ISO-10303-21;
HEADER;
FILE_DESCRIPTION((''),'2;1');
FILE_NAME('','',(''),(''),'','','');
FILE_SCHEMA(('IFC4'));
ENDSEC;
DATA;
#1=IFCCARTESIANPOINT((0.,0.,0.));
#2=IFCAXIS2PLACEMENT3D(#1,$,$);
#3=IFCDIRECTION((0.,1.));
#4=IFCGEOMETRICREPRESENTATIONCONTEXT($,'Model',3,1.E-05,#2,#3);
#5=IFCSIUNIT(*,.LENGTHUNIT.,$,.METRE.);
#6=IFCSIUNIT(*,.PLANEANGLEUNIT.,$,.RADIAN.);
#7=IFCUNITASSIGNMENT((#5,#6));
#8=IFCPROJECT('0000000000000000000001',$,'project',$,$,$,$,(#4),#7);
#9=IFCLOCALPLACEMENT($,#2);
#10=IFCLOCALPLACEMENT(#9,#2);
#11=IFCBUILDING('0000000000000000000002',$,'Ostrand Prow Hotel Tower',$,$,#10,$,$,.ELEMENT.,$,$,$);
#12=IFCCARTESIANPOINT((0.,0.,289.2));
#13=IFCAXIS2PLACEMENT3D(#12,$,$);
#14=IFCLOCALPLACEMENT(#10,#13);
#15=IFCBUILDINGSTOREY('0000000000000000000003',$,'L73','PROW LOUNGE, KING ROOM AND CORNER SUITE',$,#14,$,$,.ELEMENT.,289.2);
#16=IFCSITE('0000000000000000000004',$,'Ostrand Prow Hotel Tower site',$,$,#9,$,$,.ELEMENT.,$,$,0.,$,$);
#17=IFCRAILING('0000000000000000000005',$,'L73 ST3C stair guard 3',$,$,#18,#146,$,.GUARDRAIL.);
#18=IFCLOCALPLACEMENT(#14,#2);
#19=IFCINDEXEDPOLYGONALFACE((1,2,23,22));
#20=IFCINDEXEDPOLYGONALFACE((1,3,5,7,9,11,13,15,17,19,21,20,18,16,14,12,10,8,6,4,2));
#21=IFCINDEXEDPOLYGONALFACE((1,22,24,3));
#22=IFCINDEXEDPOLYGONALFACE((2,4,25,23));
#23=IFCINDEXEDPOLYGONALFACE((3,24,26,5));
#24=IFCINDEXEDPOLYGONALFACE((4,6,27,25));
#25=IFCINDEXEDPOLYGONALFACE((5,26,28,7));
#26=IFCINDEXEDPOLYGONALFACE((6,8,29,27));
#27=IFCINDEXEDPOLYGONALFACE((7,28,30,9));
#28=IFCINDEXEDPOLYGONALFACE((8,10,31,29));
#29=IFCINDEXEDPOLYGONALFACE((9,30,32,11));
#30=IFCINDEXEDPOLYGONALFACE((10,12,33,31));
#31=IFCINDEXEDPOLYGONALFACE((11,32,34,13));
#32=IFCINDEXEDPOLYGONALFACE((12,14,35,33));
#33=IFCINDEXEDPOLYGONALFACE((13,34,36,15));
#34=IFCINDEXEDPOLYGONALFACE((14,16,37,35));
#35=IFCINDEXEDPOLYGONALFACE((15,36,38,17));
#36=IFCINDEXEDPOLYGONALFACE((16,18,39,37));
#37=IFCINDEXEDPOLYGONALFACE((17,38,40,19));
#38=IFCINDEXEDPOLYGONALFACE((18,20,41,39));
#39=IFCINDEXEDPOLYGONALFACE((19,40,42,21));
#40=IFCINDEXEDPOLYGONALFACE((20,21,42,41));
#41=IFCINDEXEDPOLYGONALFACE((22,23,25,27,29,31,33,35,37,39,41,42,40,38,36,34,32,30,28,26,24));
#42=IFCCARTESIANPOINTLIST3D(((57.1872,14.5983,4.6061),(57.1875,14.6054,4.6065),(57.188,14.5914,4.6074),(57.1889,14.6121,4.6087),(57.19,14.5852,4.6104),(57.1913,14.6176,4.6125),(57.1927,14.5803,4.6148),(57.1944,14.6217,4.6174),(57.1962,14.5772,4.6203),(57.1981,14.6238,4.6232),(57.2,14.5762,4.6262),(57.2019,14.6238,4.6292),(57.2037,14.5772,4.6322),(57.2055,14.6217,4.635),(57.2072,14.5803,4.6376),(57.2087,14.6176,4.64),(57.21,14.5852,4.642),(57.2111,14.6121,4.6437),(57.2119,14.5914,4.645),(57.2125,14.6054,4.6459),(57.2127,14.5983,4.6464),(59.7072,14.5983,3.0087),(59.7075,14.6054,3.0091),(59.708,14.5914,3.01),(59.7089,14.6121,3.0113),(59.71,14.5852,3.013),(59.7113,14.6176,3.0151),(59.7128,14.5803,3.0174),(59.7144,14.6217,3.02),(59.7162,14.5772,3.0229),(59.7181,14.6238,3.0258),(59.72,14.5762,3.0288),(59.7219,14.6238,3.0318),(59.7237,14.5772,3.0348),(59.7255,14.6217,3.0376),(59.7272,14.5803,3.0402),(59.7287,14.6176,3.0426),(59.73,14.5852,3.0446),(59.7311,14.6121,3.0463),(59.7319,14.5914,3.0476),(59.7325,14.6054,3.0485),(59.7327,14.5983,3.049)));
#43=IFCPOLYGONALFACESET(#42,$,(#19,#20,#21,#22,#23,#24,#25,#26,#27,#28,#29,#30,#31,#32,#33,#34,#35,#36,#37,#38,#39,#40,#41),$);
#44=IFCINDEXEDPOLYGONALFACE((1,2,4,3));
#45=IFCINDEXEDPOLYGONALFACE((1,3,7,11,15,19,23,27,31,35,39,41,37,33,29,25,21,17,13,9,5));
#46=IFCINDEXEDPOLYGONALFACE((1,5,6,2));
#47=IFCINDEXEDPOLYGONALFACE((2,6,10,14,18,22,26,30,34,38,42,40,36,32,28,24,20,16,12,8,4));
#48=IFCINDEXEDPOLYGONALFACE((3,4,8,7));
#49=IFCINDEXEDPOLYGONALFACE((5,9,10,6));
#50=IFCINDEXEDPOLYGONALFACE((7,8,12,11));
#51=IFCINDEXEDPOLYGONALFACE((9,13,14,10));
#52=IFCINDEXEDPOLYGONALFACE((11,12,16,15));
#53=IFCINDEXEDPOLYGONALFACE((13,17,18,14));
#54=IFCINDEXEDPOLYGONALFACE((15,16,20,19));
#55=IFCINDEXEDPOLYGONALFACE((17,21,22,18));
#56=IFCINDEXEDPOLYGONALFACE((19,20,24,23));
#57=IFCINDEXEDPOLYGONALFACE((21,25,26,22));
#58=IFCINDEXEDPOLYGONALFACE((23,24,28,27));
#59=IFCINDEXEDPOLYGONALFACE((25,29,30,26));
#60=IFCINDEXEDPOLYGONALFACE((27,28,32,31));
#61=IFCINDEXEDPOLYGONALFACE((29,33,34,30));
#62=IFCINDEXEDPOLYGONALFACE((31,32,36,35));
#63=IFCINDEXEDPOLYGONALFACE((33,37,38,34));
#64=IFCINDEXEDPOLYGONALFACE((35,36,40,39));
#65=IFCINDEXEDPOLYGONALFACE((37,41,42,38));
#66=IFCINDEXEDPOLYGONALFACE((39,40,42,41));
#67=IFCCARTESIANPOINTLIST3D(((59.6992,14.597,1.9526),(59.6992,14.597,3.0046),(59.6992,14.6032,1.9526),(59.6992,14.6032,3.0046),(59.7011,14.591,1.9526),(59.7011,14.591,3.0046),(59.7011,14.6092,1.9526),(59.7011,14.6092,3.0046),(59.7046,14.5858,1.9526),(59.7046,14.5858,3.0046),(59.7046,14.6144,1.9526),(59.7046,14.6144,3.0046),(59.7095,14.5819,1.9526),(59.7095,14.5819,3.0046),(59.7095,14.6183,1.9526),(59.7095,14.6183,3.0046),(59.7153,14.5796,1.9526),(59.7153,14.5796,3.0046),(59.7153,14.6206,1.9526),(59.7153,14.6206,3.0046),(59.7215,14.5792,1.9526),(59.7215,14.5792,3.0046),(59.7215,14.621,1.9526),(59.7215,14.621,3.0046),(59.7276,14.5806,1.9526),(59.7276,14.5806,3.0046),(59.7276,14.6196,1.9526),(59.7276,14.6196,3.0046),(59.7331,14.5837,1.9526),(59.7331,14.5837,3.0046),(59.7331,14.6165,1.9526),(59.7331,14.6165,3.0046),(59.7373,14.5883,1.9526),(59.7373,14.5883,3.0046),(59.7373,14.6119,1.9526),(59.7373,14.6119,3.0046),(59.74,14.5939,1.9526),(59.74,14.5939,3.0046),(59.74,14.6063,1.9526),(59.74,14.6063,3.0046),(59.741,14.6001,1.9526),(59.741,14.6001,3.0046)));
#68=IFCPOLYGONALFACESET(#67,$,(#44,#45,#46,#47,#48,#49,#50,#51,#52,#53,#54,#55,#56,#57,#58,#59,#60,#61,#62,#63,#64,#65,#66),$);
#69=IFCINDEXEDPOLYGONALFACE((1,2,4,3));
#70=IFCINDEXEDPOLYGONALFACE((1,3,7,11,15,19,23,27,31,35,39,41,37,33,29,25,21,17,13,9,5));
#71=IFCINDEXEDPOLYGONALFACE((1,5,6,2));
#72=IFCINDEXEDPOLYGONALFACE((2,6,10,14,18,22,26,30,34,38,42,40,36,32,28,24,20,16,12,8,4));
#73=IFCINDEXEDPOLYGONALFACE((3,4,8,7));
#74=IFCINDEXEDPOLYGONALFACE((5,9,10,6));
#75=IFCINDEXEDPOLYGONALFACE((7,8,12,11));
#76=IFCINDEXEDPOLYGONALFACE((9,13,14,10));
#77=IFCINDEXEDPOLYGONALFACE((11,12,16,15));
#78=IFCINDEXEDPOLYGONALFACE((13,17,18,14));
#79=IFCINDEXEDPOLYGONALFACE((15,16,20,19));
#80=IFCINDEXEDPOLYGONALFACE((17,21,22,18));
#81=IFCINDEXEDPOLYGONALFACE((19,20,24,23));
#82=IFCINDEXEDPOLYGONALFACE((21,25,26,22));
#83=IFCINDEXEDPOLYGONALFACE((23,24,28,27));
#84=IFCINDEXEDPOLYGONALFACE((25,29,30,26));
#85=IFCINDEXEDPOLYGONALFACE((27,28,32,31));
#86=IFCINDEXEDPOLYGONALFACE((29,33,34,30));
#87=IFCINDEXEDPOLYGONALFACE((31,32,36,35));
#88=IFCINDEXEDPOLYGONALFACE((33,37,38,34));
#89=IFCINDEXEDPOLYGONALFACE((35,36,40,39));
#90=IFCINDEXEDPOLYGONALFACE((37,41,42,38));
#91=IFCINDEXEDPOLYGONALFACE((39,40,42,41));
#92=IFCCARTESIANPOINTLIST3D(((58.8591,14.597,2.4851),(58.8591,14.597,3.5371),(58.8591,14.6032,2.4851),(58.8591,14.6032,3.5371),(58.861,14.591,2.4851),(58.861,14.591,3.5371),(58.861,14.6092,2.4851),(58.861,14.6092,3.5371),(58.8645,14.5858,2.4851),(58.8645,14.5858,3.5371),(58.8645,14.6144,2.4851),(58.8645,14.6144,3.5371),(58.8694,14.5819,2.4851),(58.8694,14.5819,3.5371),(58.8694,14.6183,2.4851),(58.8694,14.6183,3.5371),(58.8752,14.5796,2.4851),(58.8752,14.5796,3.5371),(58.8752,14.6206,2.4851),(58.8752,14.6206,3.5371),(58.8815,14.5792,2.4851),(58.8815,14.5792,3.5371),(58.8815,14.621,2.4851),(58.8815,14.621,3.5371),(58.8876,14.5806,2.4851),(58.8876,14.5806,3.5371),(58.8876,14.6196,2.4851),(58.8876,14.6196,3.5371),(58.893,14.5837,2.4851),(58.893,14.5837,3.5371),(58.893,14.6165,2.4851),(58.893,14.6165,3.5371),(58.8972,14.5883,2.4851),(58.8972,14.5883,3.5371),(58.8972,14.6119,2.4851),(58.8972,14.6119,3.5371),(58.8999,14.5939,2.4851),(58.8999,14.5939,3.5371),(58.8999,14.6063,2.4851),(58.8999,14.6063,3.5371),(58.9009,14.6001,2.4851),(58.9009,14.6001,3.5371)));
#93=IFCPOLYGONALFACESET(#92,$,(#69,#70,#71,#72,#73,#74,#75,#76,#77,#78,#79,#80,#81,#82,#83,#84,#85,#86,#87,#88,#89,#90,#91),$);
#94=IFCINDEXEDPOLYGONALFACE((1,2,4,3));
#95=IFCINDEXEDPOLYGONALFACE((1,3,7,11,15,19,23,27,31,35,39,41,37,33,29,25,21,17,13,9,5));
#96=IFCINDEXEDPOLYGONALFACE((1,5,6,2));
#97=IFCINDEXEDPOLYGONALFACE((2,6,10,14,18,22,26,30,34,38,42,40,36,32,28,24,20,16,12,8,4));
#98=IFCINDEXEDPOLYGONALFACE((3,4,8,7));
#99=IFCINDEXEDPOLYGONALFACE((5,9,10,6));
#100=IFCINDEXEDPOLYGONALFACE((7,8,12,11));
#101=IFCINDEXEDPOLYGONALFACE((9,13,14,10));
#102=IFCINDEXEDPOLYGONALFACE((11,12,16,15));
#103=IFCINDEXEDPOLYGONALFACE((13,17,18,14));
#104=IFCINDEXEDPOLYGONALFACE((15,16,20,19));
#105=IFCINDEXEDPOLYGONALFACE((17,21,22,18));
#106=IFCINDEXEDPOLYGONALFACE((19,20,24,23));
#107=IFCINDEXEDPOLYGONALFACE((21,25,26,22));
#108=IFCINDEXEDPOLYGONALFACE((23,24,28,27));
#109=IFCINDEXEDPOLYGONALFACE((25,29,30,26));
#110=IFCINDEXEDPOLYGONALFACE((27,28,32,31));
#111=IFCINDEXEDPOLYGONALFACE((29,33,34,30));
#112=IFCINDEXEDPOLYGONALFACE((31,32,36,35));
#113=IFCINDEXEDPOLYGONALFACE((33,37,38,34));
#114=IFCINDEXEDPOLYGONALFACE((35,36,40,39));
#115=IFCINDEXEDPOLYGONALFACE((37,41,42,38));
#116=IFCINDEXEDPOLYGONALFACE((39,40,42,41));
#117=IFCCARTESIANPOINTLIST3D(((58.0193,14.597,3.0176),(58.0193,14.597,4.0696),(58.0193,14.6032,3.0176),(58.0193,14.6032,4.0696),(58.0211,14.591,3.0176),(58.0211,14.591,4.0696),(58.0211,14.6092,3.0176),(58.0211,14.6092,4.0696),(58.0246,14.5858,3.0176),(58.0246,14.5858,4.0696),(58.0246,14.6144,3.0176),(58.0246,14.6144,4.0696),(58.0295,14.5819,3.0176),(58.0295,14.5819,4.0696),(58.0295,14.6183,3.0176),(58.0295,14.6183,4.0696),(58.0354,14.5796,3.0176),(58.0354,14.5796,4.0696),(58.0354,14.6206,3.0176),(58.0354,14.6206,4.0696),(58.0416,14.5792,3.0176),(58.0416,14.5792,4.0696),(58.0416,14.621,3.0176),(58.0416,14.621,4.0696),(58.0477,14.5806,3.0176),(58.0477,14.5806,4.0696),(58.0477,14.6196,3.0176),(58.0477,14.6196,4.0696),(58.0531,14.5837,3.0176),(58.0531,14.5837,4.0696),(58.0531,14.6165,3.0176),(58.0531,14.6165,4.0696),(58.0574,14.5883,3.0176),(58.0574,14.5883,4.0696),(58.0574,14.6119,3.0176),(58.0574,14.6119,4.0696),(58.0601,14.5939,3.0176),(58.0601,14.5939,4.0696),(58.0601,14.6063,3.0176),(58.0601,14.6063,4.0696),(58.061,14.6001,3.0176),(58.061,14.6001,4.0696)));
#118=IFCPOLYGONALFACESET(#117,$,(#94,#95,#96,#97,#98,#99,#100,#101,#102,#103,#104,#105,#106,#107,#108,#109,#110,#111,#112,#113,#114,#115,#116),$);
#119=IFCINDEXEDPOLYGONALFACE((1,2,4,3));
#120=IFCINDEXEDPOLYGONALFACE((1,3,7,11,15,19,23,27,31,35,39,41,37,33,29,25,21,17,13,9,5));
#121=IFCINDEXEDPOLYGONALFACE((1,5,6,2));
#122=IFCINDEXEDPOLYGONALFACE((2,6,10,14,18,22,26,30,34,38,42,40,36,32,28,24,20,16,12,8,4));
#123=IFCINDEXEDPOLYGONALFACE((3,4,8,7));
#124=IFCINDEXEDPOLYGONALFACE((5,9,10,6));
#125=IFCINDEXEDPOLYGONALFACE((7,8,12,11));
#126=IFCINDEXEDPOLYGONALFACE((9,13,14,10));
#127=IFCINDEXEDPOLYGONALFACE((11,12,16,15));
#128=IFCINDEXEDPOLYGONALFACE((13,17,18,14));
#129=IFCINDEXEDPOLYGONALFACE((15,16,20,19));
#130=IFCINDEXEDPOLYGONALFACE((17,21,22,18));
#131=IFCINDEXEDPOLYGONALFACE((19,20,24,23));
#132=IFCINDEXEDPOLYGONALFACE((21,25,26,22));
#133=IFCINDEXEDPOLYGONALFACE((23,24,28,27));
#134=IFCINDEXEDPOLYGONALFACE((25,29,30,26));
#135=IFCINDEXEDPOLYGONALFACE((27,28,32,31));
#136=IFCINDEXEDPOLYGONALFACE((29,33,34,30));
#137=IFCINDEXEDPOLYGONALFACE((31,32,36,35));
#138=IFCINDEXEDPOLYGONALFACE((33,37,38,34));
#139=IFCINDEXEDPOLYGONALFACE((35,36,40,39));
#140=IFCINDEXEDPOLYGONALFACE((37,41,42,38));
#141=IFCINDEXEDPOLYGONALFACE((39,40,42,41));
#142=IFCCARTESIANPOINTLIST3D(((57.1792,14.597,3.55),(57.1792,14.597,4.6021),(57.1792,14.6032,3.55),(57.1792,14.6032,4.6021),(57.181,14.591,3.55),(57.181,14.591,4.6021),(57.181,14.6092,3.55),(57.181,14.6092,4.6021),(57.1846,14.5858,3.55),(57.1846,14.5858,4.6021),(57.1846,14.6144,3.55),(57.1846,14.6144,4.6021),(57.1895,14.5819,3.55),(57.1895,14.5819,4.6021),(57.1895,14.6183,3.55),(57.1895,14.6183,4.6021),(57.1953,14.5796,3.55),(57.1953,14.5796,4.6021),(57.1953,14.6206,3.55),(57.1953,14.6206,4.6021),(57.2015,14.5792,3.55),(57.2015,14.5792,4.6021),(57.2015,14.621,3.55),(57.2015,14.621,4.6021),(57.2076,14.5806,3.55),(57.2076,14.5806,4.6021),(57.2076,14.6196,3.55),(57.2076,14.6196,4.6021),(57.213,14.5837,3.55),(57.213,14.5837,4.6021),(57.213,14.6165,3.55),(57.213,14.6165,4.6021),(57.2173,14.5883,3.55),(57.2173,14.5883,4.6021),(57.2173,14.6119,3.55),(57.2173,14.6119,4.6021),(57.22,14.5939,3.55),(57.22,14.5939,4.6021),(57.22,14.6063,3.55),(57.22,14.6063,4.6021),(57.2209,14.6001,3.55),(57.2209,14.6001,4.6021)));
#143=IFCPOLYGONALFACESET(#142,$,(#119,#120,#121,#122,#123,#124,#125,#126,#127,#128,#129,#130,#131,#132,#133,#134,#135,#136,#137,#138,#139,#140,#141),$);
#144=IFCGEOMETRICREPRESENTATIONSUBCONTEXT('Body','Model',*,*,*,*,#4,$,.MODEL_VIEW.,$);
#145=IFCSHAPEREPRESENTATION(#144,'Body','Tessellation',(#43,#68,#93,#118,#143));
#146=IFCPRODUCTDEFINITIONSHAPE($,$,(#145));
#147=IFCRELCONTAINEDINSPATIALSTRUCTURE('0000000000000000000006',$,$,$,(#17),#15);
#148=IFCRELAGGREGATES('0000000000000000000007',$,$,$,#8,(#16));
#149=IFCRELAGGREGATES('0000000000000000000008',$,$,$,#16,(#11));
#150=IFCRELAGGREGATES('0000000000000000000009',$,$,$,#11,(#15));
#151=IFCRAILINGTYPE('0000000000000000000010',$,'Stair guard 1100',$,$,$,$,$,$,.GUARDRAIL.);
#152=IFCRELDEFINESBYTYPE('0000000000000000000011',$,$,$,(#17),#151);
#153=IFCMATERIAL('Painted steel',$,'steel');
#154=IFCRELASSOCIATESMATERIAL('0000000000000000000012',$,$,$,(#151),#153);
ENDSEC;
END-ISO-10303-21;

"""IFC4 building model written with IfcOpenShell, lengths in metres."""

from ifc_helpers import new_model, si_unit, direction, frame, origin, origin_2d, place, context, subcontext, project, spatial, circle, extrude, material, type_object, element, save


model = new_model("IFC4")

# Units and contexts
model_context = context("Model", 3, precision=1e-05, world=origin(), true_north=direction((0.0, 1.0)))
body_context = subcontext(model_context, "Body", "Model", "MODEL_VIEW")
ifc_project = project(units=[si_unit("LENGTHUNIT", "METRE"), si_unit("PLANEANGLEUNIT", "RADIAN")], contexts=[model_context])

# Site, building, storey
site_placement = place(None, origin())
site = spatial("IfcSite", under=ifc_project, at=site_placement, Name="Ostrand Prow Hotel Tower site", CompositionType="ELEMENT", RefElevation=0.0)
building_placement = place(site_placement, origin())
building = spatial("IfcBuilding", under=site, at=building_placement, Name="Ostrand Prow Hotel Tower", CompositionType="ELEMENT")
storey_placement = place(building_placement, frame((0.0, 0.0, 289.2)))
storey = spatial("IfcBuildingStorey", under=building, at=storey_placement, Name="L73", Description="PROW LOUNGE, KING ROOM AND CORNER SUITE", CompositionType="ELEMENT", Elevation=289.2)

# Railing
ifc_material_1 = material(Name="Painted steel", Category="steel")
railing_type_1 = type_object("IfcRailingType", Name="Stair guard 1100", PredefinedType="GUARDRAIL", material=ifc_material_1)
railing_1_placement = place(storey_placement, frame((59.72, 14.6001, 1.9526)))
element("IfcRailing", 1, at=railing_1_placement, inside=storey, type_object=railing_type_1, Name="L73 ST3C stair guard 3", PredefinedType="GUARDRAIL", context=body_context, shape_type="SweptSolid", body=[
    extrude(circle(Radius=0.0239, at=origin_2d()), frame((0.0, 0.0, 1.0762), z_axis=(-0.844607, 0.0, 0.535387), x_axis=(0.0, -1.0, 0.0)), (0.0, 0.0, 1.0), 2.9836),
    extrude(circle(Radius=0.021, at=origin_2d()), origin(), (0.0, 0.0, 1.0), 1.052),
    extrude(circle(Radius=0.021, at=origin_2d()), frame((-0.8401, 0.0, 0.5325)), (0.0, 0.0, 1.0), 1.052),
    extrude(circle(Radius=0.021, at=origin_2d()), frame((-1.6799, 0.0, 1.0649)), (0.0, 0.0, 1.0), 1.052),
    extrude(circle(Radius=0.021, at=origin_2d()), frame((-2.52, 0.0, 1.5974)), (0.0, 0.0, 1.0), 1.052),
])

save(model, "model.ifc")
